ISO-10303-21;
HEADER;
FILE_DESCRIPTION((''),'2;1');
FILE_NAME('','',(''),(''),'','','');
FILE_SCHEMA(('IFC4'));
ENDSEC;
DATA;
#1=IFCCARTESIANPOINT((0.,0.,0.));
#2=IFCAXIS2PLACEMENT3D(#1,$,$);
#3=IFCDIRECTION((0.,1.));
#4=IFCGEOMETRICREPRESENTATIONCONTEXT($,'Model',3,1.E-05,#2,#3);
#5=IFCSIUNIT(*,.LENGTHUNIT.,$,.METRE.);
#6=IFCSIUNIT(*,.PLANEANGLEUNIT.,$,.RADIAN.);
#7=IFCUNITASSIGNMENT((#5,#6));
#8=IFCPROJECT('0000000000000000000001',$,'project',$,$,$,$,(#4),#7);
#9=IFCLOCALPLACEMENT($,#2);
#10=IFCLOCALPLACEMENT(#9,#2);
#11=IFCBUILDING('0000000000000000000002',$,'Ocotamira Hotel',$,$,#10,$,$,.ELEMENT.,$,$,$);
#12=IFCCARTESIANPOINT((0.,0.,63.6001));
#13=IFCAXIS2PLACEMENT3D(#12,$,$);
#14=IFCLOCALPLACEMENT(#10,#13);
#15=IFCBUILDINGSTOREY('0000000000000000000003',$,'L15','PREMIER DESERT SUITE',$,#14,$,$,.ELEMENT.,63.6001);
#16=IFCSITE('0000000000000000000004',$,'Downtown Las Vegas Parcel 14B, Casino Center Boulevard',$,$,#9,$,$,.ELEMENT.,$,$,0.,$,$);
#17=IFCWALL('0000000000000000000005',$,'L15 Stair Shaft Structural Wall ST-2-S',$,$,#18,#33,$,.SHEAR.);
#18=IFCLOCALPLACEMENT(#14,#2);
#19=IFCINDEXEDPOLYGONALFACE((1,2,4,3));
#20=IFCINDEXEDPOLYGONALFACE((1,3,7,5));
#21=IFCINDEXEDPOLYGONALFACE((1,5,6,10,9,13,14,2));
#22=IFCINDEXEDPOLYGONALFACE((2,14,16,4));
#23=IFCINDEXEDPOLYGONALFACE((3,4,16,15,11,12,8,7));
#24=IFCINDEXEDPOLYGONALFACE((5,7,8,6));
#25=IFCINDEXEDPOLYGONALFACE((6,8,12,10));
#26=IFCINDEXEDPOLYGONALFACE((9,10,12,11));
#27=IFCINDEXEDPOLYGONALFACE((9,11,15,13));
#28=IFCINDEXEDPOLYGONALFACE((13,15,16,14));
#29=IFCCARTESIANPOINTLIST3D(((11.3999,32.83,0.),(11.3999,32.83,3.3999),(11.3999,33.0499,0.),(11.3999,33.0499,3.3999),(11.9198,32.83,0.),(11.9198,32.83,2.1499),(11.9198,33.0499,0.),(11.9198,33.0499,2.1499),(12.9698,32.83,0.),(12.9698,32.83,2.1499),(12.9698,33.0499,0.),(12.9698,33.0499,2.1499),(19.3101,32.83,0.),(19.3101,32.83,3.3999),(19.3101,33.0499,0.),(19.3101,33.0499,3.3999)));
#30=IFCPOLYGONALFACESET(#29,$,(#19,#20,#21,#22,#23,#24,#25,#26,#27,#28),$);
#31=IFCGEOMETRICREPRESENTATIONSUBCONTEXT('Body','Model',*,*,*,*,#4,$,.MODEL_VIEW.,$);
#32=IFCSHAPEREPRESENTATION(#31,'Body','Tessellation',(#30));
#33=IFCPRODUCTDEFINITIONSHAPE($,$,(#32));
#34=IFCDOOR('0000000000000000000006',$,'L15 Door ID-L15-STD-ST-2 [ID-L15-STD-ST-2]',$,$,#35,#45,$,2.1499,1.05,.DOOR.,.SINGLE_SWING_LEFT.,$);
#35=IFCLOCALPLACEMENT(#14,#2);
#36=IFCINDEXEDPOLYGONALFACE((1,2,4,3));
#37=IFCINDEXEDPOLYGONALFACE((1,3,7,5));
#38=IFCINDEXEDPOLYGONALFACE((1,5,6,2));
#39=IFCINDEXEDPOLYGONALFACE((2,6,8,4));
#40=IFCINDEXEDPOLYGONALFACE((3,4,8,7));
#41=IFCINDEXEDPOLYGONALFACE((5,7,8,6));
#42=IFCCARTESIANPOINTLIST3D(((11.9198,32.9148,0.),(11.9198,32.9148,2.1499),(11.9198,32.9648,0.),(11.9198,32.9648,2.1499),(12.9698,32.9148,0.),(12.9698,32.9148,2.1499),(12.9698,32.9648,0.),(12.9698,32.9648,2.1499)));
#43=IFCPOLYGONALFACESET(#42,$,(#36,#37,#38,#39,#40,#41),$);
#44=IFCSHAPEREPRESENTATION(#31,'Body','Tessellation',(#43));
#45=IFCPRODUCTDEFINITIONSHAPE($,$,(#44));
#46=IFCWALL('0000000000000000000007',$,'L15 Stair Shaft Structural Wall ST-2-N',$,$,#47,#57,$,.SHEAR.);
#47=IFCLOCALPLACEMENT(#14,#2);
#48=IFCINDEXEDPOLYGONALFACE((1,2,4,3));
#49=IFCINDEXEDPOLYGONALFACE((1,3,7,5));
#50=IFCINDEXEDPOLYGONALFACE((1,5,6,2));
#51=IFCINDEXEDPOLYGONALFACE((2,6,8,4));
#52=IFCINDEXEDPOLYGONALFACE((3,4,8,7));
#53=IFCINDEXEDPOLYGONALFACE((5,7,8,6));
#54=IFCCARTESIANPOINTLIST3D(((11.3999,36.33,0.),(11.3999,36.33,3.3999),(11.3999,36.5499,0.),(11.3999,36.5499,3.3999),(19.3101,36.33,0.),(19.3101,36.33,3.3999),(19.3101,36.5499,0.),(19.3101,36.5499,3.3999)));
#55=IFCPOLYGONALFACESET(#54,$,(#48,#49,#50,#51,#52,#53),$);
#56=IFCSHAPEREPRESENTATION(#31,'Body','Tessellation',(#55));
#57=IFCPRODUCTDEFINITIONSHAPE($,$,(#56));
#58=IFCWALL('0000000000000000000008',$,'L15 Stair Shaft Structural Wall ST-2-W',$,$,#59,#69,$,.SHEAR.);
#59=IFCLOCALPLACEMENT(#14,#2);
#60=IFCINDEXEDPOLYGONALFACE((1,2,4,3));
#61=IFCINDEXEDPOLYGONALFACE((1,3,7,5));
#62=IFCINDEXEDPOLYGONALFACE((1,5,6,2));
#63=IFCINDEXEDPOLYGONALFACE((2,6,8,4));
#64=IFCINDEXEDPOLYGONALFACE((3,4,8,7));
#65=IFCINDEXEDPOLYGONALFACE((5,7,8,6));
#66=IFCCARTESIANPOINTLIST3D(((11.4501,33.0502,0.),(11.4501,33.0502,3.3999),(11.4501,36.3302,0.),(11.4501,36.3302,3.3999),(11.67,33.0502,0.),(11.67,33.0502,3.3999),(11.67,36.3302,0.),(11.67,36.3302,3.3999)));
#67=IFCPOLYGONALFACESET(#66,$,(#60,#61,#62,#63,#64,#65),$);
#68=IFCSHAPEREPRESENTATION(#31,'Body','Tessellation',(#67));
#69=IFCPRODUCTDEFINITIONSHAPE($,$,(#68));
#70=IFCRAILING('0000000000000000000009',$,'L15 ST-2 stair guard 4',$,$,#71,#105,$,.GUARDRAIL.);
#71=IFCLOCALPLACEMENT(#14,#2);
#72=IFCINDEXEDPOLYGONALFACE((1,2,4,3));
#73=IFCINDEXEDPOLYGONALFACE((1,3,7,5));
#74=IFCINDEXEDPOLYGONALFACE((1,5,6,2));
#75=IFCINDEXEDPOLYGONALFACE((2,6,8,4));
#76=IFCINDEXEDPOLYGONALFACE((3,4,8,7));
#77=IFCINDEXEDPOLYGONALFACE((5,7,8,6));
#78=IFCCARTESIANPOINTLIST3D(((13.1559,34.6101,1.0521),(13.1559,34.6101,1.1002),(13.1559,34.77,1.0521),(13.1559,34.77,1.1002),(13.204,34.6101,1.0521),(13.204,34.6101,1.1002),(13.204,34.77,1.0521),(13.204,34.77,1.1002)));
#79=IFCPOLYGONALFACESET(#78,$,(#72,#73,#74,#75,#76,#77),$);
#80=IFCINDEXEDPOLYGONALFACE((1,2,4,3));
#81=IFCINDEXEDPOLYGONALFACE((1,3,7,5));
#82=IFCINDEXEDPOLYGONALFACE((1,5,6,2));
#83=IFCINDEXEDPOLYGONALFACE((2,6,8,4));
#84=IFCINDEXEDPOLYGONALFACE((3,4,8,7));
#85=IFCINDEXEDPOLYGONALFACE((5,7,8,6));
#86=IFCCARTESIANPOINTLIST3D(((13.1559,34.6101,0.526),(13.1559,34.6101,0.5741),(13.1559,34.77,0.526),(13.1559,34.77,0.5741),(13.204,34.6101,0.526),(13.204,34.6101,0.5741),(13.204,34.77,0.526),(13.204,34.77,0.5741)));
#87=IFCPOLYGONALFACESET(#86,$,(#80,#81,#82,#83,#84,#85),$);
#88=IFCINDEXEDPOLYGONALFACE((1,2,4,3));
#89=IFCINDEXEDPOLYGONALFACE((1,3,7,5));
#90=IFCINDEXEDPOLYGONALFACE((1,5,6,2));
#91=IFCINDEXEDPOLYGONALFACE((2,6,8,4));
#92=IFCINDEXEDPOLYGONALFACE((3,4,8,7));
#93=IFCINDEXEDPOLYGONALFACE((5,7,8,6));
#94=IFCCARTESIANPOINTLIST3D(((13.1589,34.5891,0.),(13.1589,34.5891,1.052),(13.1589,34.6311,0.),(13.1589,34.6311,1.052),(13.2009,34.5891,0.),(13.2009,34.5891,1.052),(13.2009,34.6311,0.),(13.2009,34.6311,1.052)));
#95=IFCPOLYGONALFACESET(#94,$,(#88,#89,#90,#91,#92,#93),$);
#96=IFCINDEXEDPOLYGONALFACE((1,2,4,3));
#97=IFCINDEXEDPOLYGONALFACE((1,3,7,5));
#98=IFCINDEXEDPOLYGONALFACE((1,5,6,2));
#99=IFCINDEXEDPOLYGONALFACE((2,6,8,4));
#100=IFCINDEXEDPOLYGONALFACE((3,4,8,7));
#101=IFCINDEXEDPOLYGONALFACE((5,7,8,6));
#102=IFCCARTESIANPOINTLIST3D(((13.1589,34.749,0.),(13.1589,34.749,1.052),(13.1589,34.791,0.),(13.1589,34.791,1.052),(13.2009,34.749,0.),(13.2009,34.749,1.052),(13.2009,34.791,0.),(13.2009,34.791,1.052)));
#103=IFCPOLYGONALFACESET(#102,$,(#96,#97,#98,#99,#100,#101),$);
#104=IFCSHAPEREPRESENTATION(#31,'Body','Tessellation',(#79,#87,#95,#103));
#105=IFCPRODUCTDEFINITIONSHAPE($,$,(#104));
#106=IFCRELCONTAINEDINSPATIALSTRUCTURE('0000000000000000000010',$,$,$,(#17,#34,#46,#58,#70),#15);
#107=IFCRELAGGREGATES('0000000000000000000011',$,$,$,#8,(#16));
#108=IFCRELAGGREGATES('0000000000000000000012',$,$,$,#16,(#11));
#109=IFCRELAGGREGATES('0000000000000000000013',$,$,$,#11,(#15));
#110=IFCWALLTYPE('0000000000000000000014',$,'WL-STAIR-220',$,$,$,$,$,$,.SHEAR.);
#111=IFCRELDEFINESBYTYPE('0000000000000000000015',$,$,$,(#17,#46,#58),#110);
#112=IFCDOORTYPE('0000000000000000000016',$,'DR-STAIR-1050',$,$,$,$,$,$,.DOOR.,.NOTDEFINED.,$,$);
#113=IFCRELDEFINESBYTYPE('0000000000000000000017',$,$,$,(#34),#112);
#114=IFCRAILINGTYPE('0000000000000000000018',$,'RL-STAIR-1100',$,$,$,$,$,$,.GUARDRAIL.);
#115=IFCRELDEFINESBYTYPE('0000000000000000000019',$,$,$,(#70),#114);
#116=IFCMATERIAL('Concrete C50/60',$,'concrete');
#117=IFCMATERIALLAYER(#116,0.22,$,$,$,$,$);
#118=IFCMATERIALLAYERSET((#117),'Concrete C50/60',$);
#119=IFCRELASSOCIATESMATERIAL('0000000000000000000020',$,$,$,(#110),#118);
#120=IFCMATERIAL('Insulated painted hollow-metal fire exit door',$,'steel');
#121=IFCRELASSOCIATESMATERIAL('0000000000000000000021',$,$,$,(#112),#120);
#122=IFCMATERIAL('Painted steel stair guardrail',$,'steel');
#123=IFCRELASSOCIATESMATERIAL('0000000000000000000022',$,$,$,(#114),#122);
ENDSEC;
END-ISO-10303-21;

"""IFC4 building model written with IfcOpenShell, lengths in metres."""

from ifc_helpers import new_model, si_unit, direction, frame, frame_2d, origin, origin_2d, place, context, subcontext, project, spatial, rectangle, extrude, source, transform, mapped, material, layer, layer_set, type_object, element, fill, save


model = new_model("IFC4")

# Units and contexts
model_context = context("Model", 3, precision=1e-05, world=origin(), true_north=direction((0.0, 1.0)))
body_context = subcontext(model_context, "Body", "Model", "MODEL_VIEW")
ifc_project = project(units=[si_unit("LENGTHUNIT", "METRE"), si_unit("PLANEANGLEUNIT", "RADIAN")], contexts=[model_context])

# Site, building, storey
site_placement = place(None, origin())
site = spatial("IfcSite", under=ifc_project, at=site_placement, Name="Downtown Las Vegas Parcel 14B, Casino Center Boulevard", CompositionType="ELEMENT", RefElevation=0.0)
building_placement = place(site_placement, origin())
building = spatial("IfcBuilding", under=site, at=building_placement, Name="Ocotamira Hotel", CompositionType="ELEMENT")
storey_placement = place(building_placement, frame((0.0, 0.0, 63.6001)))
storey = spatial("IfcBuildingStorey", under=building, at=storey_placement, Name="L15", Description="PREMIER DESERT SUITE", CompositionType="ELEMENT", Elevation=63.6001)

# Wall, opening, door
ifc_material_1 = material(Name="Concrete C50/60", Category="concrete")
ifc_layer_1 = layer(ifc_material_1, 0.22)
ifc_layer_set_1 = layer_set([ifc_layer_1], Name="Concrete C50/60")
wall_type_1 = type_object("IfcWallType", Name="WL-STAIR-220", PredefinedType="SHEAR", material=ifc_layer_set_1)
wall_1_placement = place(storey_placement, frame((11.3999, 32.9399, 0.0), z_axis=(0.0, 0.0, 1.0), x_axis=(1.0, 0.0, 0.0)))
wall_1 = element("IfcWall", 1, at=wall_1_placement, inside=storey, type_object=wall_type_1, Name="L15 Stair Shaft Structural Wall ST-2-S", PredefinedType="SHEAR", context=body_context, shape_type="SweptSolid", body=[
    extrude(rectangle(XDim=7.9102, YDim=0.22, at=frame_2d((3.9551, 0.0))), origin(), (0.0, 0.0, 1.0), 3.3999),
])
opening_placement = place(wall_1_placement, frame((0.52, 0.0, 0.0)))
opening = element("IfcOpeningElement", 2, at=opening_placement, cuts=wall_1, PredefinedType="OPENING", context=body_context, shape_type="SweptSolid", body=[
    extrude(rectangle(XDim=1.05, YDim=2.1499, at=frame_2d((0.5249, 1.075))), frame((0.0, 0.1201, 0.0), z_axis=(0.0, -1.0, 0.0), x_axis=(1.0, 0.0, 0.0)), (0.0, 0.0, 1.0), 0.24),
])
ifc_material_2 = material(Name="Insulated painted hollow-metal fire exit door", Category="steel")
door_type = type_object("IfcDoorType", Name="DR-STAIR-1050", OperationType="NOTDEFINED", PredefinedType="DOOR", material=ifc_material_2)
shared_shape_1 = source(origin(), body_context, "Body", "SweptSolid", [
    extrude(rectangle(XDim=1.05, YDim=2.1499, at=frame_2d((0.5249, 1.075))), frame((0.0, 0.0249, 0.0), z_axis=(0.0, -1.0, 0.0), x_axis=(1.0, 0.0, 0.0)), (0.0, 0.0, 1.0), 0.05),
])
door_placement = place(opening_placement, origin())
door = element("IfcDoor", 3, at=door_placement, inside=storey, type_object=door_type, Name="L15 Door ID-L15-STD-ST-2 [ID-L15-STD-ST-2]", OperationType="SINGLE_SWING_LEFT", OverallHeight=2.1499, OverallWidth=1.05, PredefinedType="DOOR", context=body_context, shape_type="MappedRepresentation", body=[
    mapped(shared_shape_1, transform((0.0, 0.0, 0.0), scale=1.0)),
])
fill(opening, door)

# Walls
wall_2_placement = place(storey_placement, frame((11.3999, 36.4399, 0.0), z_axis=(0.0, 0.0, 1.0), x_axis=(1.0, 0.0, 0.0)))
element("IfcWall", 4, at=wall_2_placement, inside=storey, type_object=wall_type_1, Name="L15 Stair Shaft Structural Wall ST-2-N", PredefinedType="SHEAR", context=body_context, shape_type="SweptSolid", body=[
    extrude(rectangle(XDim=7.9102, YDim=0.22, at=frame_2d((3.9551, 0.0))), origin(), (0.0, 0.0, 1.0), 3.3999),
])
wall_3_placement = place(storey_placement, frame((11.5601, 33.05, 0.0), z_axis=(0.0, 0.0, 1.0), x_axis=(0.0, 1.0, 0.0)))
element("IfcWall", 5, at=wall_3_placement, inside=storey, type_object=wall_type_1, Name="L15 Stair Shaft Structural Wall ST-2-W", PredefinedType="SHEAR", context=body_context, shape_type="SweptSolid", body=[
    extrude(rectangle(XDim=3.28, YDim=0.22, at=frame_2d((1.6401, 0.0))), origin(), (0.0, 0.0, 1.0), 3.3999),
])

# Railing
ifc_material_3 = material(Name="Painted steel stair guardrail", Category="steel")
railing_type = type_object("IfcRailingType", Name="RL-STAIR-1100", PredefinedType="GUARDRAIL", material=ifc_material_3)
railing_placement = place(storey_placement, frame((13.1799, 34.6101, 0.0)))
element("IfcRailing", 6, at=railing_placement, inside=storey, type_object=railing_type, Name="L15 ST-2 stair guard 4", PredefinedType="GUARDRAIL", context=body_context, shape_type="SweptSolid", body=[
    extrude(rectangle(XDim=0.0481, YDim=0.0481, at=origin_2d()), frame((0.0, 0.0, 1.0762), z_axis=(0.0, 1.0, 0.0), x_axis=(-1.0, 0.0, 0.0)), (0.0, 0.0, 1.0), 0.1599),
    extrude(rectangle(XDim=0.0481, YDim=0.0481, at=origin_2d()), frame((0.0, 0.0, 0.55), z_axis=(0.0, 1.0, 0.0), x_axis=(-1.0, 0.0, 0.0)), (0.0, 0.0, 1.0), 0.1599),
    extrude(rectangle(XDim=0.042, YDim=0.042, at=origin_2d()), origin(), (0.0, 0.0, 1.0), 1.052),
    extrude(rectangle(XDim=0.042, YDim=0.042, at=origin_2d()), frame((0.0, 0.1599, 0.0)), (0.0, 0.0, 1.0), 1.052),
])

save(model, "model.ifc")
